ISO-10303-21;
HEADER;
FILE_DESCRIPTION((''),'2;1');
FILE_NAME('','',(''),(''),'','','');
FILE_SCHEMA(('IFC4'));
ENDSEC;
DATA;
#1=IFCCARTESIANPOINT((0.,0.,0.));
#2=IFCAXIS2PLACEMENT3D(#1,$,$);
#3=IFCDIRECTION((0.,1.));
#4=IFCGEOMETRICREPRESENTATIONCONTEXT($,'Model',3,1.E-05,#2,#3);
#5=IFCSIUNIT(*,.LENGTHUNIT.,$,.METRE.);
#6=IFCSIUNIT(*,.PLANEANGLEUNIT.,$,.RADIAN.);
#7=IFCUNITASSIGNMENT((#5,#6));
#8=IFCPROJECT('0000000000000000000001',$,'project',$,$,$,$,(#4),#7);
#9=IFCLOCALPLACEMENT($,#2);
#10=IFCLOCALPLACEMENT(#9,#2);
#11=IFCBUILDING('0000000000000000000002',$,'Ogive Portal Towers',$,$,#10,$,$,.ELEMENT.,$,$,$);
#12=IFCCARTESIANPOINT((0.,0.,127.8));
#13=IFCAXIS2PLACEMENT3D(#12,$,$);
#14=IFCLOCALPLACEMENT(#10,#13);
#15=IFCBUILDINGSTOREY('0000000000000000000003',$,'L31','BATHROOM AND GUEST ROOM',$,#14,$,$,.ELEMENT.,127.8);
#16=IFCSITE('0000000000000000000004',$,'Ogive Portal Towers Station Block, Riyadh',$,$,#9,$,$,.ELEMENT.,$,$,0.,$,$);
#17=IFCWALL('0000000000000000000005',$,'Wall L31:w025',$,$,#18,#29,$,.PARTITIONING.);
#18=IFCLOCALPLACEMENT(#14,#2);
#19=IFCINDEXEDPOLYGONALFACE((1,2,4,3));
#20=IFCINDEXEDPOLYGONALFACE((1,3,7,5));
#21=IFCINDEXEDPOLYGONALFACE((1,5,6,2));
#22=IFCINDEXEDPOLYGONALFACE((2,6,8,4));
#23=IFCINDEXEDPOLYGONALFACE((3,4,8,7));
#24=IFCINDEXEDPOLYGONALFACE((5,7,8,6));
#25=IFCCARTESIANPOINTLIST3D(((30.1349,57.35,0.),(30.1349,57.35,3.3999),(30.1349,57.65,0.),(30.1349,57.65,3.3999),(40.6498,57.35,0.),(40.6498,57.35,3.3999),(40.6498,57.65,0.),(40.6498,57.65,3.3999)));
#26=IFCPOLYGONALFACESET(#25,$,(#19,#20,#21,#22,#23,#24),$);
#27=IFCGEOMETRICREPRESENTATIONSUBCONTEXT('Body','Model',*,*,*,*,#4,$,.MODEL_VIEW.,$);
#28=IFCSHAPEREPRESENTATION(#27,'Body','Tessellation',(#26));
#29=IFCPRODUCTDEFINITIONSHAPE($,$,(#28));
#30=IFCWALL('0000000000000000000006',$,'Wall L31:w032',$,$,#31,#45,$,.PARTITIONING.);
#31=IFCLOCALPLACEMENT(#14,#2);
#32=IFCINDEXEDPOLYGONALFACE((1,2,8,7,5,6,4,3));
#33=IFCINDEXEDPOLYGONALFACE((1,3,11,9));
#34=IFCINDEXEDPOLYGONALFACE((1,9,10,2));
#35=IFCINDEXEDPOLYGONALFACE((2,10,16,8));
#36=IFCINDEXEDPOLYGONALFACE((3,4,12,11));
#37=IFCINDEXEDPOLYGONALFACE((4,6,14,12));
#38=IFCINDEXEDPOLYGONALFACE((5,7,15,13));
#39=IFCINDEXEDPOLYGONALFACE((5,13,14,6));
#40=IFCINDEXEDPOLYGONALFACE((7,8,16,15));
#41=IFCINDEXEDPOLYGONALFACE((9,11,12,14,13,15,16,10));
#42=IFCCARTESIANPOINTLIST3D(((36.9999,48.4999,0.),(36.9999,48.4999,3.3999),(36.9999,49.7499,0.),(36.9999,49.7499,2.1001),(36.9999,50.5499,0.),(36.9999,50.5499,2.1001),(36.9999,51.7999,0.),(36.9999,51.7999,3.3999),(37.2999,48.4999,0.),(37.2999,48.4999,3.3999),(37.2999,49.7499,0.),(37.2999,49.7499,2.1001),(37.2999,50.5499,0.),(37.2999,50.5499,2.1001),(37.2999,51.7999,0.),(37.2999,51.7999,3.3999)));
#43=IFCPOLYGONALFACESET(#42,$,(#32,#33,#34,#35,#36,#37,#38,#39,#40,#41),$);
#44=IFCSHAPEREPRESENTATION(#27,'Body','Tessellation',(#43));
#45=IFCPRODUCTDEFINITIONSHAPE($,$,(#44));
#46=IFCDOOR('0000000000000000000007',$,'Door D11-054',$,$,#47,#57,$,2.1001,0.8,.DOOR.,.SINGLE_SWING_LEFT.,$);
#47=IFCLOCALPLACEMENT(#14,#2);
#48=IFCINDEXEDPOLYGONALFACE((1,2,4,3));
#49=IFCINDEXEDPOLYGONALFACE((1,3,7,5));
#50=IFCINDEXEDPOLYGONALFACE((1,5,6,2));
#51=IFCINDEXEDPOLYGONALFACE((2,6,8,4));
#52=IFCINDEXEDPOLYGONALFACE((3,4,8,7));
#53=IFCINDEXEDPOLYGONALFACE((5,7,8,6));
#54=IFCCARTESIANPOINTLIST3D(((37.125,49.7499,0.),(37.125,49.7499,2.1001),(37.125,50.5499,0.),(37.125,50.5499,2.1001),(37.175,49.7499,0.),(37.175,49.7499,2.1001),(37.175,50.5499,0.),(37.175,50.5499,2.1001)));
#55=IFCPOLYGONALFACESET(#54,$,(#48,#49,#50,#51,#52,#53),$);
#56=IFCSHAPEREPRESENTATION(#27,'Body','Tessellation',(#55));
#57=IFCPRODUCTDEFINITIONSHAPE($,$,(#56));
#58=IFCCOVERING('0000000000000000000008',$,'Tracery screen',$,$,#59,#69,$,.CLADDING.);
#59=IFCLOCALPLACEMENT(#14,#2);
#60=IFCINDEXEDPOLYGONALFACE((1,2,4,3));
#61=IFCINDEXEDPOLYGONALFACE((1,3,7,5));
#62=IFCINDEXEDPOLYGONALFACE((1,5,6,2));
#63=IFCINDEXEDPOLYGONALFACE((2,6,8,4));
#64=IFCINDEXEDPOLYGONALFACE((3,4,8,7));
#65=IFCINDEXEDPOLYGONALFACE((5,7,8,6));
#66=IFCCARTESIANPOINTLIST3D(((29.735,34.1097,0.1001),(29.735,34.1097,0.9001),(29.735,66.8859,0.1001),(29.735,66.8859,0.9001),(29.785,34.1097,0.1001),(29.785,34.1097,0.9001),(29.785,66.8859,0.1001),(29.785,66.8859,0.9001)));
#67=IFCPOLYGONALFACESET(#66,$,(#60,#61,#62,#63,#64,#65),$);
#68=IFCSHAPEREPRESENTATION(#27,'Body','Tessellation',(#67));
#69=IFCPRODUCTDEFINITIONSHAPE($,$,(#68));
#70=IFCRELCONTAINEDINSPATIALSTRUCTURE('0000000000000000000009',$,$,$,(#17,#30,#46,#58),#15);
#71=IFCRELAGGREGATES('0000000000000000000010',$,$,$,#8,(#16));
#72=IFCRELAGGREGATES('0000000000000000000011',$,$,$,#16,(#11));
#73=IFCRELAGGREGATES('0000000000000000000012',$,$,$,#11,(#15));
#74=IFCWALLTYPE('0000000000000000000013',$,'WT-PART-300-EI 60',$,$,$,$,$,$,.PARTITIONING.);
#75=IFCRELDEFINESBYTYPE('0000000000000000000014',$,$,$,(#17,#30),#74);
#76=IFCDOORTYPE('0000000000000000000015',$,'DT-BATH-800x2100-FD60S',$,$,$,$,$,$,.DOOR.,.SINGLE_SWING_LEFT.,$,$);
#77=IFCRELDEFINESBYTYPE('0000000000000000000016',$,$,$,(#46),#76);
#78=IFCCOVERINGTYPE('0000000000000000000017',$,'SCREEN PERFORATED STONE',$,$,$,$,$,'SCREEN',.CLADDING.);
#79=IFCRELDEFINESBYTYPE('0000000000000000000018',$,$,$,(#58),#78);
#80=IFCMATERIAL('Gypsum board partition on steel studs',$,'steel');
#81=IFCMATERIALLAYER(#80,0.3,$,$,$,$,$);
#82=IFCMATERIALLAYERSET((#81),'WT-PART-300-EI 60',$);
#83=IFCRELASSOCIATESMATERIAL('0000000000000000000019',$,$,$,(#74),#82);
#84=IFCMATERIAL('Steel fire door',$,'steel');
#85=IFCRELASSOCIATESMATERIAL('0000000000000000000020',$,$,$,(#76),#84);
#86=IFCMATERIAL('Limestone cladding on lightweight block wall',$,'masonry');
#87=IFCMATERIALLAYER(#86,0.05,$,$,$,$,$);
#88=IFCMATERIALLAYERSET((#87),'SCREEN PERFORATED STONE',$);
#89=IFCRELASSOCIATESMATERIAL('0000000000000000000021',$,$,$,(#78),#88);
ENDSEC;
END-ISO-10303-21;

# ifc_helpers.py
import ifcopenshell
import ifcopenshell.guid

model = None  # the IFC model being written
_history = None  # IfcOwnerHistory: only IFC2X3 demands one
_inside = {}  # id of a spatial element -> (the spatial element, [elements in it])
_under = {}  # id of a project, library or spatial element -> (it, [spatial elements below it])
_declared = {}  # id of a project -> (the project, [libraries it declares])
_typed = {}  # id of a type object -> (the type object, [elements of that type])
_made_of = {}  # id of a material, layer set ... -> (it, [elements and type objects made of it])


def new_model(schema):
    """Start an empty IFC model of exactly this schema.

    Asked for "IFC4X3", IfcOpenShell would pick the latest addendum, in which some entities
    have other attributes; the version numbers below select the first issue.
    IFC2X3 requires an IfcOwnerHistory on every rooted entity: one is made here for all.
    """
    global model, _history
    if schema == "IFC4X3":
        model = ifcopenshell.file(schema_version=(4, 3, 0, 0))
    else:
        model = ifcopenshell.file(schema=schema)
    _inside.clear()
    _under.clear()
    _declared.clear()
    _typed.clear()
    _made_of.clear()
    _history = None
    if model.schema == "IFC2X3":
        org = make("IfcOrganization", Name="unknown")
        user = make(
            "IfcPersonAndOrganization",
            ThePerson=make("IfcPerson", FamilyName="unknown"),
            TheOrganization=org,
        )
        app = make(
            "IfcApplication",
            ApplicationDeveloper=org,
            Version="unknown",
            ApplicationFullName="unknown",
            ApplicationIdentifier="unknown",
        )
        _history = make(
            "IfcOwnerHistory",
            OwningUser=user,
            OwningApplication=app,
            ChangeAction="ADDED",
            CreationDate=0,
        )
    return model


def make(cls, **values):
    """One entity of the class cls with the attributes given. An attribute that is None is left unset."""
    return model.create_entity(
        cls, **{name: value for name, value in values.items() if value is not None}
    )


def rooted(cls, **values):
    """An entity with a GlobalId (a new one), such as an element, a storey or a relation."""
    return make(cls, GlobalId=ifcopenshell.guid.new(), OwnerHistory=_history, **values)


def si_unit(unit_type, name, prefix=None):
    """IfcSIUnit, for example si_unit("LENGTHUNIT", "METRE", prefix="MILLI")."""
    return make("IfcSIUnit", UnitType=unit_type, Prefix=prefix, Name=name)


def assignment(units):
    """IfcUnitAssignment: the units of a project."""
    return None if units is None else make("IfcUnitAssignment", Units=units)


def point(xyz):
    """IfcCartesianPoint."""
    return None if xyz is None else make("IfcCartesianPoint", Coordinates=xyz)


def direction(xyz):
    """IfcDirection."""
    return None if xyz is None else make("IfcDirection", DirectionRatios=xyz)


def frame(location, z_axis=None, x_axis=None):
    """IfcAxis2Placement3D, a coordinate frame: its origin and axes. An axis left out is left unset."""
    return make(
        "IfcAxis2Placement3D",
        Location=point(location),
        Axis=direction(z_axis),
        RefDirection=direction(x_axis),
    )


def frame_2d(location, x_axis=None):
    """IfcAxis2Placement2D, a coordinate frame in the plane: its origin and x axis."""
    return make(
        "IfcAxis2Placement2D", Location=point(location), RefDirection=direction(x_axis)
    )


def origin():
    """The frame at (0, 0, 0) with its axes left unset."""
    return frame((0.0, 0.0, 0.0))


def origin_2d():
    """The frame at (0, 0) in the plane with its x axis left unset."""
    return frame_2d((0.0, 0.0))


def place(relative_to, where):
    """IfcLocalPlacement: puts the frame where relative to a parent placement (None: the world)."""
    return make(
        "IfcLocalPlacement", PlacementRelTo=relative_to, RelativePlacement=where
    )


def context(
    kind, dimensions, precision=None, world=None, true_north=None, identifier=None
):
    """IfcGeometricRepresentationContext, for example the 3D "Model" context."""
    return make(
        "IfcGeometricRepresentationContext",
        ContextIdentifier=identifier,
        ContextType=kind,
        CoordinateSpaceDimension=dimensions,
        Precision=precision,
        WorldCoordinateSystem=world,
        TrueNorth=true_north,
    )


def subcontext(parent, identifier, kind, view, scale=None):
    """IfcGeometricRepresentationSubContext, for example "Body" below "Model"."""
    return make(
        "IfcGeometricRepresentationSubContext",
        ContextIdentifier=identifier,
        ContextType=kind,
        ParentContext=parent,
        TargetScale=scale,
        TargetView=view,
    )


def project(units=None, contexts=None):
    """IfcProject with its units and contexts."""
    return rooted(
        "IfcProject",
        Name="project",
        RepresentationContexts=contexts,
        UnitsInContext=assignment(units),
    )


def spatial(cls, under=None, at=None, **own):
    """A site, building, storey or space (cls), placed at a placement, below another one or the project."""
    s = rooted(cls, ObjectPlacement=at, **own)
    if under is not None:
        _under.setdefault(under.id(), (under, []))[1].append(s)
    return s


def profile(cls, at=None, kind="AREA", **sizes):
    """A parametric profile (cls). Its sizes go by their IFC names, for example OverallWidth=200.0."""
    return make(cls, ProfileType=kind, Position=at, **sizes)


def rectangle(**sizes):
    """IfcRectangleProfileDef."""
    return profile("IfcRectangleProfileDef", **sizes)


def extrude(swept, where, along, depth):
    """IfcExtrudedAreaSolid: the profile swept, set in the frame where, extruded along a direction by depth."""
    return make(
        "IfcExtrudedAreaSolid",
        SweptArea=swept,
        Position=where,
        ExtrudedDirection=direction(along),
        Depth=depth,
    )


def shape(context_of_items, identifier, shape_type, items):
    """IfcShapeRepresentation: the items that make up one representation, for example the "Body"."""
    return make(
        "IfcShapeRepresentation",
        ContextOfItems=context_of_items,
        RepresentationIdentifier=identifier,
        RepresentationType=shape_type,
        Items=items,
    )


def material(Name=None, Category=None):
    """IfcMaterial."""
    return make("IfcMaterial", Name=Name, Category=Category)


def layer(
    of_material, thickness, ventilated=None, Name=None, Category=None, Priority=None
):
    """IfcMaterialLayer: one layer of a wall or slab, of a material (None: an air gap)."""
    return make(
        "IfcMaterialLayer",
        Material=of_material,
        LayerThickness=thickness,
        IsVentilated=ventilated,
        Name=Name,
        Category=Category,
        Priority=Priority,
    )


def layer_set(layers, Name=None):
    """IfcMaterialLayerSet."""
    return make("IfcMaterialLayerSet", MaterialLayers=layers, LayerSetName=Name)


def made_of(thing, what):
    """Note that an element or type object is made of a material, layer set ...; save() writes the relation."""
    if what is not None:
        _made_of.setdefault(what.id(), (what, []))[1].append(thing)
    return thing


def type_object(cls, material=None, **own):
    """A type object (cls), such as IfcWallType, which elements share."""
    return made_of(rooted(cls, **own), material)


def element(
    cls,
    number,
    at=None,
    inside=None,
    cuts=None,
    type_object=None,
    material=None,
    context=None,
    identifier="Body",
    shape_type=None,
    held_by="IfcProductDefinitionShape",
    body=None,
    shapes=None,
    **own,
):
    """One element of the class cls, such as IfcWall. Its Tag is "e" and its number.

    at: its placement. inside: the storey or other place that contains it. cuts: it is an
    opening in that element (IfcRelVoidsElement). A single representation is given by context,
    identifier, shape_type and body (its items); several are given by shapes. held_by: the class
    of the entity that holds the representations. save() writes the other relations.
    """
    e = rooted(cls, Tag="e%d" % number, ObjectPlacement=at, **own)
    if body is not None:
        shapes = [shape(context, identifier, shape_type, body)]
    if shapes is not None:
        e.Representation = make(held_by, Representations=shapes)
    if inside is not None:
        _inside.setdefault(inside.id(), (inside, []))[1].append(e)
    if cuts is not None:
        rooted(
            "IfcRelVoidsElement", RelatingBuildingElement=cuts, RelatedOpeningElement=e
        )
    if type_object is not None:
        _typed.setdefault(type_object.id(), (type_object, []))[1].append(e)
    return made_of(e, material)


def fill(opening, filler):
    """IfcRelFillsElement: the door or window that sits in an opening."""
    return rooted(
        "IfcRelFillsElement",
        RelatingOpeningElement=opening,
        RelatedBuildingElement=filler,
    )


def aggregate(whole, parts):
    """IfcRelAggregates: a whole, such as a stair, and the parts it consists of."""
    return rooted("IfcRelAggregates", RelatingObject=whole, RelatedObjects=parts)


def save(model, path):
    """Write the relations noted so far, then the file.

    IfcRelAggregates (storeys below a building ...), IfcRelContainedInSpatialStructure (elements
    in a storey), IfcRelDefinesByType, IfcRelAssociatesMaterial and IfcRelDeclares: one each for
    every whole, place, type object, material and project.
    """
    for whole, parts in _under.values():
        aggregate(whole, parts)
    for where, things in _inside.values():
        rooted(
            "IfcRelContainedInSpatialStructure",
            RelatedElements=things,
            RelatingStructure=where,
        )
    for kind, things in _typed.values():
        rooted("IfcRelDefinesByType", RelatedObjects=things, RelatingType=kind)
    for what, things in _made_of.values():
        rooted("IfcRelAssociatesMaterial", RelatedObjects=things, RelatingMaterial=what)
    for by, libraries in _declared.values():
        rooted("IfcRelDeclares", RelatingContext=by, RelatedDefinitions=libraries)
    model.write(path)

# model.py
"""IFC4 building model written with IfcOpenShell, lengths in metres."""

from ifc_helpers import new_model, si_unit, direction, frame, frame_2d, origin, origin_2d, place, context, subcontext, project, spatial, rectangle, extrude, material, layer, layer_set, type_object, element, fill, save


model = new_model("IFC4")

# Units and contexts
model_context = context("Model", 3, precision=1e-05, world=origin(), true_north=direction((0.0, 1.0)))
body_context = subcontext(model_context, "Body", "Model", "MODEL_VIEW")
ifc_project = project(units=[si_unit("LENGTHUNIT", "METRE"), si_unit("PLANEANGLEUNIT", "RADIAN")], contexts=[model_context])

# Site, building, storey
site_placement = place(None, origin())
site = spatial("IfcSite", under=ifc_project, at=site_placement, Name="Ogive Portal Towers Station Block, Riyadh", CompositionType="ELEMENT", RefElevation=0.0)
building_placement = place(site_placement, origin())
building = spatial("IfcBuilding", under=site, at=building_placement, Name="Ogive Portal Towers", CompositionType="ELEMENT")
storey_placement = place(building_placement, frame((0.0, 0.0, 127.8)))
storey = spatial("IfcBuildingStorey", under=building, at=storey_placement, Name="L31", Description="BATHROOM AND GUEST ROOM", CompositionType="ELEMENT", Elevation=127.8)

# Shared definitions
ifc_material_1 = material(Name="Steel fire door", Category="steel")

# Wall
ifc_material_2 = material(Name="Gypsum board partition on steel studs", Category="steel")
ifc_layer_1 = layer(ifc_material_2, 0.3)
ifc_layer_set_1 = layer_set([ifc_layer_1], Name="WT-PART-300-EI 60")
wall_type_1 = type_object("IfcWallType", Name="WT-PART-300-EI 60", PredefinedType="PARTITIONING", material=ifc_layer_set_1)
wall_1_placement = place(storey_placement, frame((30.135, 57.5, 0.0), z_axis=(0.0, 0.0, 1.0), x_axis=(1.0, 0.0, 0.0)))
element("IfcWall", 1, at=wall_1_placement, inside=storey, type_object=wall_type_1, Name="Wall L31:w025", PredefinedType="PARTITIONING", context=body_context, shape_type="SweptSolid", body=[
    extrude(rectangle(XDim=10.5149, YDim=0.3, at=frame_2d((5.2573, 0.0))), origin(), (0.0, 0.0, 1.0), 3.3999),
])

# Wall, opening, door
wall_2_placement = place(storey_placement, frame((37.1499, 48.5, 0.0), z_axis=(0.0, 0.0, 1.0), x_axis=(0.0, 1.0, 0.0)))
wall_2 = element("IfcWall", 2, at=wall_2_placement, inside=storey, type_object=wall_type_1, Name="Wall L31:w032", PredefinedType="PARTITIONING", context=body_context, shape_type="SweptSolid", body=[
    extrude(rectangle(XDim=3.3, YDim=0.3, at=frame_2d((1.6499, 0.0))), origin(), (0.0, 0.0, 1.0), 3.3999),
])
opening_1_placement = place(wall_2_placement, frame((1.25, 0.0, 0.0)))
opening_1 = element("IfcOpeningElement", 3, at=opening_1_placement, cuts=wall_2, PredefinedType="OPENING", context=body_context, shape_type="SweptSolid", body=[
    extrude(rectangle(XDim=0.8, YDim=2.1001, at=frame_2d((0.3999, 1.05))), frame((0.0, 0.1602, 0.0), z_axis=(0.0, -1.0, 0.0), x_axis=(1.0, 0.0, 0.0)), (0.0, 0.0, 1.0), 0.3201),
])
door_type_1 = type_object("IfcDoorType", Name="DT-BATH-800x2100-FD60S", OperationType="SINGLE_SWING_LEFT", PredefinedType="DOOR", material=ifc_material_1)
door_1_placement = place(opening_1_placement, origin())
door_1 = element("IfcDoor", 4, at=door_1_placement, inside=storey, type_object=door_type_1, Name="Door D11-054", OperationType="SINGLE_SWING_LEFT", OverallHeight=2.1001, OverallWidth=0.8, PredefinedType="DOOR", context=body_context, shape_type="SweptSolid", body=[
    extrude(rectangle(XDim=0.8, YDim=2.1001, at=frame_2d((0.3999, 1.05))), frame((0.0, 0.0249, 0.0), z_axis=(0.0, -1.0, 0.0), x_axis=(1.0, 0.0, 0.0)), (0.0, 0.0, 1.0), 0.05),
])
fill(opening_1, door_1)

# Covering
ifc_material_3 = material(Name="Limestone cladding on lightweight block wall", Category="masonry")
ifc_layer_2 = layer(ifc_material_3, 0.05)
ifc_layer_set_2 = layer_set([ifc_layer_2], Name="SCREEN PERFORATED STONE")
covering_type = type_object("IfcCoveringType", Name="SCREEN PERFORATED STONE", ElementType="SCREEN", PredefinedType="CLADDING", material=ifc_layer_set_2)
covering_placement = place(storey_placement, frame((29.76, 50.4978, 0.1001), z_axis=(0.0, 0.0, 1.0), x_axis=(0.0, -1.0, 0.0)))
element("IfcCovering", 5, at=covering_placement, inside=storey, type_object=covering_type, Name="Tracery screen", PredefinedType="CLADDING", context=body_context, shape_type="SweptSolid", body=[
    extrude(rectangle(XDim=32.7761, YDim=0.05, at=origin_2d()), origin(), (0.0, 0.0, 1.0), 0.8),
])

save(model, "model.ifc")
